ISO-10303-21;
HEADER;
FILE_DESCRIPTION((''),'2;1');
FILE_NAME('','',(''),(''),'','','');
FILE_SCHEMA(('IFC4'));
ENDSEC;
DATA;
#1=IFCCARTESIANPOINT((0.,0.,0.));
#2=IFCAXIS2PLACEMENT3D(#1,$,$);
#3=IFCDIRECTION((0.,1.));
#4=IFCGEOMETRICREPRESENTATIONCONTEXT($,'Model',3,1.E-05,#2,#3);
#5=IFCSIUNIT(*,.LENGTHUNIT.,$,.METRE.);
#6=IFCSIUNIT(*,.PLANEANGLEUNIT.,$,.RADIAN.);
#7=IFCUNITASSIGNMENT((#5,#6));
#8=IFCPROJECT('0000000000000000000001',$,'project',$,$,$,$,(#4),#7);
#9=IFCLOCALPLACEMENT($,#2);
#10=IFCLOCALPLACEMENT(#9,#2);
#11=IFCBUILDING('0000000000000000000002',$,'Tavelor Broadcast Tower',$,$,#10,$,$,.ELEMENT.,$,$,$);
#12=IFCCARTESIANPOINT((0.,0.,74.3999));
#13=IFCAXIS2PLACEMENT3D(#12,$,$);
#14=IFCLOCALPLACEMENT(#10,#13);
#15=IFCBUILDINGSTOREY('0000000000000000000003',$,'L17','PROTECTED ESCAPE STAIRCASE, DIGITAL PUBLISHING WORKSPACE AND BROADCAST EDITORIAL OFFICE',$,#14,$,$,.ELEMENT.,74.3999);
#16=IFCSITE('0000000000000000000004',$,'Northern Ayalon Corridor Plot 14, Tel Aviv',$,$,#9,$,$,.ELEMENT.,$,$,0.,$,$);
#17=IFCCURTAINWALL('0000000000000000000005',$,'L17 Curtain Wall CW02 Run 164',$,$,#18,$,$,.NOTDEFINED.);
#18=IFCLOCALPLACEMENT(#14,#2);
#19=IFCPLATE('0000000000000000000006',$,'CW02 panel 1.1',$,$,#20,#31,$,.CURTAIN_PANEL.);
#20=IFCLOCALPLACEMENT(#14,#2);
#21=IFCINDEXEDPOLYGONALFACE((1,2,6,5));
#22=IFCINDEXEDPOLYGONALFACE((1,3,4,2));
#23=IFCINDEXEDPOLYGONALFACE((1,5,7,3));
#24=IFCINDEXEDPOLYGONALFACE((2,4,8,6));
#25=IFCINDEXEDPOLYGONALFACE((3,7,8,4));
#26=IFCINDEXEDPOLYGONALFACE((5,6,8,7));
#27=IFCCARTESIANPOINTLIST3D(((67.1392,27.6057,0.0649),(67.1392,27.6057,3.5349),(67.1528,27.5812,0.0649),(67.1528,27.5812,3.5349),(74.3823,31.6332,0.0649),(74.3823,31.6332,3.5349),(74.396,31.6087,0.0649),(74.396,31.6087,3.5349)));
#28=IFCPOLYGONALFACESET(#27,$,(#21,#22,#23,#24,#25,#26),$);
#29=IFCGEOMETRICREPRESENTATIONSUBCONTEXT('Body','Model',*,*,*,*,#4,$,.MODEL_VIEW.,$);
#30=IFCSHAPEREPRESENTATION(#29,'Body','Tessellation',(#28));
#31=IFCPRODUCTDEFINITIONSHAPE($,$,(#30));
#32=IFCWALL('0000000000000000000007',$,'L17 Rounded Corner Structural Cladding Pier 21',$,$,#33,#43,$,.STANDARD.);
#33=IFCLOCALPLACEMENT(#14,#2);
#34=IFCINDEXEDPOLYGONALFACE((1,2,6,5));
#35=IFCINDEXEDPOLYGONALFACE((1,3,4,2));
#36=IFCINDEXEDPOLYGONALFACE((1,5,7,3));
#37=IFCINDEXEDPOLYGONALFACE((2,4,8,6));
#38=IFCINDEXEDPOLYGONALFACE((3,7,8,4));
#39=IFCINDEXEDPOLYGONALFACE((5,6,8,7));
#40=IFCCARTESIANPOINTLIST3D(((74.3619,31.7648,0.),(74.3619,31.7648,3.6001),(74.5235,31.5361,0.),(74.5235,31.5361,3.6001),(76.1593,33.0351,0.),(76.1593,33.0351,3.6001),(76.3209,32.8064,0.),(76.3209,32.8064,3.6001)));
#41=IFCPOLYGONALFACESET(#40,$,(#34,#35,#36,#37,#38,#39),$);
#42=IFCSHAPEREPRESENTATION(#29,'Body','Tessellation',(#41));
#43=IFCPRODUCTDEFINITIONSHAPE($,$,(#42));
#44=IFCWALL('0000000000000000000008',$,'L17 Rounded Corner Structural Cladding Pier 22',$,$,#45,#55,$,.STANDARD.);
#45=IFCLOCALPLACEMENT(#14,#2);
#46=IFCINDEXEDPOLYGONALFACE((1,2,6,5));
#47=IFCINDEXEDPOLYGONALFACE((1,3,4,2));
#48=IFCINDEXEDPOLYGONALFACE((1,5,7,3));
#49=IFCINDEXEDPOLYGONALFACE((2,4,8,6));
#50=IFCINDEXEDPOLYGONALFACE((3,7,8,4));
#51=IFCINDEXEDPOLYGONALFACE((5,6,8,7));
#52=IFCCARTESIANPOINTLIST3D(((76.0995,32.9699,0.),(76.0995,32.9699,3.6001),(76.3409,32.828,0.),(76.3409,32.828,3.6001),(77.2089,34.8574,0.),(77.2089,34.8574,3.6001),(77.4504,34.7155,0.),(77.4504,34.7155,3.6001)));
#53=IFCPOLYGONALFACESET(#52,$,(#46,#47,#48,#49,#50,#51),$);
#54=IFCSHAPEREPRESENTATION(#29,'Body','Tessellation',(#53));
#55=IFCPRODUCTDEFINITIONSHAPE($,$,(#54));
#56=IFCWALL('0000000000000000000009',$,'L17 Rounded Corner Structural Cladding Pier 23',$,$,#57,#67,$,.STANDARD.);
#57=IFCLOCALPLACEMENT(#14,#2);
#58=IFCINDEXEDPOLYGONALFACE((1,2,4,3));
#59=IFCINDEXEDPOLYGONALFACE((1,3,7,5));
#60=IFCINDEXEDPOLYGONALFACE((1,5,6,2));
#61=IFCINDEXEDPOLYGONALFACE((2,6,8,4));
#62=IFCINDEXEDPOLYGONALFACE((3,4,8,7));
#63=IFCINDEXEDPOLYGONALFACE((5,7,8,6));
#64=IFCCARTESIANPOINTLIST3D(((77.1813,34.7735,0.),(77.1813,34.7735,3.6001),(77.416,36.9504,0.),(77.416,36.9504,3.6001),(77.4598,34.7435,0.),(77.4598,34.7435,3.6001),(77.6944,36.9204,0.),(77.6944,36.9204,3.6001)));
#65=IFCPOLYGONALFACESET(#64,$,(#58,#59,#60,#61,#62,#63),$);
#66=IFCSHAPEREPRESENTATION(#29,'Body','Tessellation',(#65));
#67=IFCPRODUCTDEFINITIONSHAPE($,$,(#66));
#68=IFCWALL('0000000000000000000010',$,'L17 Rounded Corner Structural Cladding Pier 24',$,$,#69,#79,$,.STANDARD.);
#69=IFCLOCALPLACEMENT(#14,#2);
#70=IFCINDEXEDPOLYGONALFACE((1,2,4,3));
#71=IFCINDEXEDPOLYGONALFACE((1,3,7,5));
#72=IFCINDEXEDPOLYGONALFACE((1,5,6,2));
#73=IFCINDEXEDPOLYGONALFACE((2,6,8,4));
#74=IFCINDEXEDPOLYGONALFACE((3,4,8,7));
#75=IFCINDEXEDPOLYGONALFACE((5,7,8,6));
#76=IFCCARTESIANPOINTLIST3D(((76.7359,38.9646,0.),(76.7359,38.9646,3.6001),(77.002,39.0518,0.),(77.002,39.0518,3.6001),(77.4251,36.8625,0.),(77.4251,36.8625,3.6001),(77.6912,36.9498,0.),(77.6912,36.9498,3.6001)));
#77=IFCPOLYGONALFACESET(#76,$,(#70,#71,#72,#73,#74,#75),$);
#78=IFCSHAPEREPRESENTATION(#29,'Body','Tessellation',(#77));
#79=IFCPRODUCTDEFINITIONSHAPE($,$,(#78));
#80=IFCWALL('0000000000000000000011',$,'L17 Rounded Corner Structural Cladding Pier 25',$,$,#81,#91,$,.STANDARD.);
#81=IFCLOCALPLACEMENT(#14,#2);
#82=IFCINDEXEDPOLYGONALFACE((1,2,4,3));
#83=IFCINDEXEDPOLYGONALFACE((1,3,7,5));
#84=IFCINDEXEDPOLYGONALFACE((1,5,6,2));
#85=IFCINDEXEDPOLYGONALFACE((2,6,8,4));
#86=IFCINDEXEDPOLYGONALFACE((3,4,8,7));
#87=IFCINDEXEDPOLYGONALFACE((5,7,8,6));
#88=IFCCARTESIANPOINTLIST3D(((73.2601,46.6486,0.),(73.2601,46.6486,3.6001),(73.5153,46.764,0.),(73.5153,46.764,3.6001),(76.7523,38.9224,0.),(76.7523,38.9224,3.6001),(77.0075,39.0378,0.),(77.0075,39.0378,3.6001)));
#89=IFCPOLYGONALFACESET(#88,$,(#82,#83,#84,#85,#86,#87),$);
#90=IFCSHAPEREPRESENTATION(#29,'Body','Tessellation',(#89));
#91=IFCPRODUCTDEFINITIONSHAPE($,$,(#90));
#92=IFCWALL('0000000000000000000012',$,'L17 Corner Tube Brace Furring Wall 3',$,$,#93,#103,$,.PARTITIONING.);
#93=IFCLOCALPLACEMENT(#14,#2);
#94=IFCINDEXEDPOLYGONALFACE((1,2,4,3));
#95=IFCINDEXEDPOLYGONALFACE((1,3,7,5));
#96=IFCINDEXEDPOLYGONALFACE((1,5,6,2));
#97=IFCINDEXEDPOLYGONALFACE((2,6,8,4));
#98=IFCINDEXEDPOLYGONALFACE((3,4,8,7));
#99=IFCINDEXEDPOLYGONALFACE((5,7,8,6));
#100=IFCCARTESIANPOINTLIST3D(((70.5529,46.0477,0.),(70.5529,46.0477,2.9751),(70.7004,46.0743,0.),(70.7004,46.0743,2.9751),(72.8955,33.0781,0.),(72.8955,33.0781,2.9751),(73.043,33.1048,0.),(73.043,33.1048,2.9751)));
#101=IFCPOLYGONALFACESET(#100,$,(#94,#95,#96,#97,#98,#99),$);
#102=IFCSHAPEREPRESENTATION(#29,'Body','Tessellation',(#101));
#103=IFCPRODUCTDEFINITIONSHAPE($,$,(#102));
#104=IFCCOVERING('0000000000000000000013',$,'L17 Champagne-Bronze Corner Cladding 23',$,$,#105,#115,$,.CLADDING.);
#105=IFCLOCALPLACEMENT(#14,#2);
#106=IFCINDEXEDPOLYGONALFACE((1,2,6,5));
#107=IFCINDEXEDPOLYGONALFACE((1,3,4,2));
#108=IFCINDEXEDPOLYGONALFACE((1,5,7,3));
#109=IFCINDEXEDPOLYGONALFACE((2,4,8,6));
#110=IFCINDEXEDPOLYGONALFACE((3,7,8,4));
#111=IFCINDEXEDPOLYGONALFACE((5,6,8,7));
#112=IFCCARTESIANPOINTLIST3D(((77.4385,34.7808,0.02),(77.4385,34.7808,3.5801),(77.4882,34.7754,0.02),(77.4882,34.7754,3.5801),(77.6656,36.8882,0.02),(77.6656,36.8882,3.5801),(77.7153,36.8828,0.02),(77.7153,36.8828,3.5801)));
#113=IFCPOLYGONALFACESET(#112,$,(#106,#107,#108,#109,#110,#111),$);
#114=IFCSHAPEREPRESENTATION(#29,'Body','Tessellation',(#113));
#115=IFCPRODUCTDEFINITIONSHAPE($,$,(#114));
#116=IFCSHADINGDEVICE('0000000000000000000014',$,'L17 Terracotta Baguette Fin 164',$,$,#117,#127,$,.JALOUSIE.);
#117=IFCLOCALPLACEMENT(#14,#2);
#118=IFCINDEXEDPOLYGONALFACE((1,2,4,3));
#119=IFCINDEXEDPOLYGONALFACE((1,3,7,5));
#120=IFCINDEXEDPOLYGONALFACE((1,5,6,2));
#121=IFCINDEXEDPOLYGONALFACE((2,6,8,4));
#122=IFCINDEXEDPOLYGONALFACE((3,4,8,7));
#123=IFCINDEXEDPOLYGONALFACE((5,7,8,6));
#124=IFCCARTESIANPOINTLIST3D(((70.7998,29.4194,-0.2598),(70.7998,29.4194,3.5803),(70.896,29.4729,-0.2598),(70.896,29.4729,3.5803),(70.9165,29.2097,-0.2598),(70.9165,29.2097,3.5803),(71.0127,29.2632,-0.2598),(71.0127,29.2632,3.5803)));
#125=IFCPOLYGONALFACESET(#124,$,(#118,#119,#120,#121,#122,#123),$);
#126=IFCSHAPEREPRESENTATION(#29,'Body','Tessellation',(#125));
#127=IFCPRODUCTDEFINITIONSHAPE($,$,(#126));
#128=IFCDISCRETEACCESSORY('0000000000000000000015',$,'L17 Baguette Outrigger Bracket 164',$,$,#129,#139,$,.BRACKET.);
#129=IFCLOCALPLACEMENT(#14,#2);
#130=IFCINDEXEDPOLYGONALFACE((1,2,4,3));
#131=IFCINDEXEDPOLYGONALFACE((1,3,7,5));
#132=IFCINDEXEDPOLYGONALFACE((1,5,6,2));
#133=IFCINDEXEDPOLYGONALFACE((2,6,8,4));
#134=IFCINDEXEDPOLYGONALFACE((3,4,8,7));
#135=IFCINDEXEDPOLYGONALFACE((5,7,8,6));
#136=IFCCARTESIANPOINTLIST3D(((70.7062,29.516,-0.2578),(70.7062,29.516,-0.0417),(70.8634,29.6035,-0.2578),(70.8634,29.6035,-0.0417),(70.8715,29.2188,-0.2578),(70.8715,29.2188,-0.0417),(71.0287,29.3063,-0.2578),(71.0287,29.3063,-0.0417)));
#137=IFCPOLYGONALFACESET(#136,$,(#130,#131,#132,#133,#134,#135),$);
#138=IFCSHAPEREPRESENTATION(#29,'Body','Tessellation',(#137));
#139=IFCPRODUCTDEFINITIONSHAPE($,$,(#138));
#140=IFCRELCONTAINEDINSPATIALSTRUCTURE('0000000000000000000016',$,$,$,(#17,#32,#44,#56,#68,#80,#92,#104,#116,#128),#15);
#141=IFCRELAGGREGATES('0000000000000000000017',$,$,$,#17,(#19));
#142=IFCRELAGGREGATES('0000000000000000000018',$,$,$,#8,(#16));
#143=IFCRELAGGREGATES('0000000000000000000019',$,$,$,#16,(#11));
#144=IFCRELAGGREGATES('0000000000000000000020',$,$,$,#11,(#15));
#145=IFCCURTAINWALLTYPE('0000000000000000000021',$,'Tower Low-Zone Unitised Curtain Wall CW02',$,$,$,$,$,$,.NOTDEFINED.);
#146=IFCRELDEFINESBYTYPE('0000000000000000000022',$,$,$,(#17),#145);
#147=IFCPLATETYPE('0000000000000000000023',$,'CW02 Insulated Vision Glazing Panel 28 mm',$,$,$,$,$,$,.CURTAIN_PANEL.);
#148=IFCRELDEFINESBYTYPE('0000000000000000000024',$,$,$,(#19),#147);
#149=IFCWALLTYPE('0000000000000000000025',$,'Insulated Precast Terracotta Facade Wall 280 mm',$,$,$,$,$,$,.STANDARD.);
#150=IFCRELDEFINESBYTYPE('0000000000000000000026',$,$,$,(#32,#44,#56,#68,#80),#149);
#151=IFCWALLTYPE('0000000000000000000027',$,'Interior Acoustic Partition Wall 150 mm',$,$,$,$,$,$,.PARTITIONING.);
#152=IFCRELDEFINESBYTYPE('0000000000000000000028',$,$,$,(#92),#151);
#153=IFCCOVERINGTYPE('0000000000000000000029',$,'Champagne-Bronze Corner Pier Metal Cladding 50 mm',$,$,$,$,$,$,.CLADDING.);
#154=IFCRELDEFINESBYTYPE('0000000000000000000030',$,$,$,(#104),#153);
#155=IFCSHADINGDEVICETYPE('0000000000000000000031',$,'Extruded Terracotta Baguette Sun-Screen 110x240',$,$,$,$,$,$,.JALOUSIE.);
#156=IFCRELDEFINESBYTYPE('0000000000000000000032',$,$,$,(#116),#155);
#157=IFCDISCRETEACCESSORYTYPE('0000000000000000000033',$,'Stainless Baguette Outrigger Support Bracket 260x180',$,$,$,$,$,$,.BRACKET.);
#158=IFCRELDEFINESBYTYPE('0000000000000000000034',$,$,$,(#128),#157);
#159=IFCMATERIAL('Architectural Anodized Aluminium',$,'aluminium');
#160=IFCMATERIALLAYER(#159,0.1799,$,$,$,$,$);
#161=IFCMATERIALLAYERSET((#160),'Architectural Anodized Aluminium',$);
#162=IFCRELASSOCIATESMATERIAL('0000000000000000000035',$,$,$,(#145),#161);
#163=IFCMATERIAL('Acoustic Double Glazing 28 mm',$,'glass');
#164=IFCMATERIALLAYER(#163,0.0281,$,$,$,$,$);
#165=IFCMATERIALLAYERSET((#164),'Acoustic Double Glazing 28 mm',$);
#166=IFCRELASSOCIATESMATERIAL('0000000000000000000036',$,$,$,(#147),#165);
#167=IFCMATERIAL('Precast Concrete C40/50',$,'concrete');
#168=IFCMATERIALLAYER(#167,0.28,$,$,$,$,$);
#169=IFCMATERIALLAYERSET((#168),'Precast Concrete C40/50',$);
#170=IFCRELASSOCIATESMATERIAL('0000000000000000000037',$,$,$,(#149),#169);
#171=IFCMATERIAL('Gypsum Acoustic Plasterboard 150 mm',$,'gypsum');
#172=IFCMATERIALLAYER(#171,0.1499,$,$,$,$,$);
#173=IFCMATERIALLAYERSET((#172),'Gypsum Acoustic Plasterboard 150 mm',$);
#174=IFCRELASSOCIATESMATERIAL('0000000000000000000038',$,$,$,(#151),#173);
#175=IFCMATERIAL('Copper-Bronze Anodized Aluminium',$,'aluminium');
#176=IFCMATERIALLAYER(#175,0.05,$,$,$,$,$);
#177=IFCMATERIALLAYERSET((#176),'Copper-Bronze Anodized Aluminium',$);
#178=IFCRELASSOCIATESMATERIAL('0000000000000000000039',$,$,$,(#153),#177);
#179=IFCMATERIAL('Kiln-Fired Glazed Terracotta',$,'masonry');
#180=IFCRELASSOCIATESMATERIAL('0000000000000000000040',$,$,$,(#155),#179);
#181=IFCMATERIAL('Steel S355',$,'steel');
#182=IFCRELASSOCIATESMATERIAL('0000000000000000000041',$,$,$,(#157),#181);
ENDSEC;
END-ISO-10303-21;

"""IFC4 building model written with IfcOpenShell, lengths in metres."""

from ifc_helpers import new_model, si_unit, direction, frame, frame_2d, origin, origin_2d, place, context, subcontext, project, spatial, rectangle, extrude, source, transform, mapped, material, layer, layer_set, type_object, type_shapes, element, aggregate, save


model = new_model("IFC4")

# Units and contexts
model_context = context("Model", 3, precision=1e-05, world=origin(), true_north=direction((0.0, 1.0)))
body_context = subcontext(model_context, "Body", "Model", "MODEL_VIEW")
ifc_project = project(units=[si_unit("LENGTHUNIT", "METRE"), si_unit("PLANEANGLEUNIT", "RADIAN")], contexts=[model_context])

# Site, building, storey
site_placement = place(None, origin())
site = spatial("IfcSite", under=ifc_project, at=site_placement, Name="Northern Ayalon Corridor Plot 14, Tel Aviv", CompositionType="ELEMENT", RefElevation=0.0)
building_placement = place(site_placement, origin())
building = spatial("IfcBuilding", under=site, at=building_placement, Name="Tavelor Broadcast Tower", CompositionType="ELEMENT")
storey_placement = place(building_placement, frame((0.0, 0.0, 74.3999)))
storey = spatial("IfcBuildingStorey", under=building, at=storey_placement, Name="L17", Description="PROTECTED ESCAPE STAIRCASE, DIGITAL PUBLISHING WORKSPACE AND BROADCAST EDITORIAL OFFICE", CompositionType="ELEMENT", Elevation=74.3999)

# Shared definitions
ifc_material_1 = material(Name="Steel S355", Category="steel")

# Shared definitions
ifc_material_2 = material(Name="Architectural Anodized Aluminium", Category="aluminium")
ifc_layer_1 = layer(ifc_material_2, 0.1799)
ifc_layer_set_1 = layer_set([ifc_layer_1], Name="Architectural Anodized Aluminium")
curtain_wall_type = type_object("IfcCurtainWallType", Name="Tower Low-Zone Unitised Curtain Wall CW02", PredefinedType="NOTDEFINED", material=ifc_layer_set_1)

# Curtain wall
curtain_wall_1_placement = place(storey_placement, origin())
curtain_wall_1 = element("IfcCurtainWall", 1, at=curtain_wall_1_placement, inside=storey, type_object=curtain_wall_type, Name="L17 Curtain Wall CW02 Run 164", PredefinedType="NOTDEFINED")

# Plate
ifc_material_3 = material(Name="Acoustic Double Glazing 28 mm", Category="glass")
ifc_layer_2 = layer(ifc_material_3, 0.0281)
ifc_layer_set_2 = layer_set([ifc_layer_2], Name="Acoustic Double Glazing 28 mm")
plate_type_1 = type_object("IfcPlateType", Name="CW02 Insulated Vision Glazing Panel 28 mm", PredefinedType="CURTAIN_PANEL", material=ifc_layer_set_2)
shared_shape_1 = source(origin(), body_context, "Body", "SweptSolid", [
    extrude(rectangle(XDim=8.2876, YDim=0.0281, at=origin_2d()), origin(), (0.0, 0.0, 1.0), 3.47),
])
type_shapes(plate_type_1, [shared_shape_1])
plate_1_placement = place(storey_placement, frame((70.7676, 29.6072, 0.0649), z_axis=(0.0, 0.0, 1.0), x_axis=(0.873976, 0.485969, 0.0)))
plate_1 = element("IfcPlate", 2, at=plate_1_placement, type_object=plate_type_1, Name="CW02 panel 1.1", PredefinedType="CURTAIN_PANEL", context=body_context, shape_type="MappedRepresentation", body=[
    mapped(shared_shape_1, transform((0.0, 0.0, 0.0), scale=1.0)),
])
aggregate(curtain_wall_1, [plate_1])

# Walls
ifc_material_4 = material(Name="Precast Concrete C40/50", Category="concrete")
ifc_layer_3 = layer(ifc_material_4, 0.28)
ifc_layer_set_3 = layer_set([ifc_layer_3], Name="Precast Concrete C40/50")
wall_type_1 = type_object("IfcWallType", Name="Insulated Precast Terracotta Facade Wall 280 mm", PredefinedType="STANDARD", material=ifc_layer_set_3)
wall_1_placement = place(storey_placement, frame((74.4426, 31.6504, 0.0), z_axis=(0.0, 0.0, 1.0), x_axis=(0.816639, 0.577149, 0.0)))
element("IfcWall", 3, at=wall_1_placement, inside=storey, type_object=wall_type_1, Name="L17 Rounded Corner Structural Cladding Pier 21", PredefinedType="STANDARD", context=body_context, shape_type="SweptSolid", body=[
    extrude(rectangle(XDim=2.2009, YDim=0.28, at=frame_2d((1.1006, 0.0))), origin(), (0.0, 0.0, 1.0), 3.6001),
])
for number, where, z_axis, x_axis, name in (
    (4, (76.2202, 32.8989, 0.0), (0.0, 0.0, 1.0), (0.506718, 0.862112, 0.0), "L17 Rounded Corner Structural Cladding Pier 22"),
    (5, (77.3206, 34.7585, 0.0), (0.0, 0.0, 1.0), (0.107163, 0.994241, 0.0), "L17 Rounded Corner Structural Cladding Pier 23"),
):
    element("IfcWall", number, at=place(storey_placement, frame(where, z_axis=z_axis, x_axis=x_axis)), inside=storey, type_object=wall_type_1, Name=name, PredefinedType="STANDARD", context=body_context, shape_type="SweptSolid", body=[
        extrude(rectangle(XDim=2.1895, YDim=0.28, at=frame_2d((1.0947, 0.0))), origin(), (0.0, 0.0, 1.0), 3.6001),
    ])
wall_2_placement = place(storey_placement, frame((77.5581, 36.9062, 0.0), z_axis=(0.0, 0.0, 1.0), x_axis=(-0.311556, 0.950228, 0.0)))
element("IfcWall", 6, at=wall_2_placement, inside=storey, type_object=wall_type_1, Name="L17 Rounded Corner Structural Cladding Pier 24", PredefinedType="STANDARD", context=body_context, shape_type="SweptSolid", body=[
    extrude(rectangle(XDim=2.2122, YDim=0.28, at=frame_2d((1.106, 0.0))), origin(), (0.0, 0.0, 1.0), 3.6001),
])
wall_3_placement = place(storey_placement, frame((76.8799, 38.9802, 0.0), z_axis=(0.0, 0.0, 1.0), x_axis=(-0.41188, 0.911238, 0.0)))
element("IfcWall", 7, at=wall_3_placement, inside=storey, type_object=wall_type_1, Name="L17 Rounded Corner Structural Cladding Pier 25", PredefinedType="STANDARD", context=body_context, shape_type="SweptSolid", body=[
    extrude(rectangle(XDim=8.4788, YDim=0.28, at=frame_2d((4.2393, 0.0))), origin(), (0.0, 0.0, 1.0), 3.6001),
])
ifc_material_5 = material(Name="Gypsum Acoustic Plasterboard 150 mm", Category="gypsum")
ifc_layer_4 = layer(ifc_material_5, 0.1499)
ifc_layer_set_4 = layer_set([ifc_layer_4], Name="Gypsum Acoustic Plasterboard 150 mm")
wall_type_2 = type_object("IfcWallType", Name="Interior Acoustic Partition Wall 150 mm", PredefinedType="PARTITIONING", material=ifc_layer_set_4)
wall_4_placement = place(storey_placement, frame((72.9692, 33.0913, 0.0), z_axis=(0.0, 0.0, 1.0), x_axis=(-0.177743, 0.984077, 0.0)))
element("IfcWall", 8, at=wall_4_placement, inside=storey, type_object=wall_type_2, Name="L17 Corner Tube Brace Furring Wall 3", PredefinedType="PARTITIONING", context=body_context, shape_type="SweptSolid", body=[
    extrude(rectangle(XDim=13.1794, YDim=0.1499, at=frame_2d((6.5898, 0.0))), origin(), (0.0, 0.0, 1.0), 2.9751),
])

# Covering
ifc_material_6 = material(Name="Copper-Bronze Anodized Aluminium", Category="aluminium")
ifc_layer_5 = layer(ifc_material_6, 0.05)
ifc_layer_set_5 = layer_set([ifc_layer_5], Name="Copper-Bronze Anodized Aluminium")
covering_type = type_object("IfcCoveringType", Name="Champagne-Bronze Corner Pier Metal Cladding 50 mm", PredefinedType="CLADDING", material=ifc_layer_set_5)
covering_placement = place(storey_placement, frame((77.5769, 35.8318, 0.02), z_axis=(0.0, 0.0, 1.0), x_axis=(0.107132, 0.994245, 0.0)))
element("IfcCovering", 9, at=covering_placement, inside=storey, type_object=covering_type, Name="L17 Champagne-Bronze Corner Cladding 23", PredefinedType="CLADDING", context=body_context, shape_type="SweptSolid", body=[
    extrude(rectangle(XDim=2.1196, YDim=0.05, at=origin_2d()), origin(), (0.0, 0.0, 1.0), 3.5601),
])

# Shading device
ifc_material_7 = material(Name="Kiln-Fired Glazed Terracotta", Category="masonry")
shading_device_type = type_object("IfcShadingDeviceType", Name="Extruded Terracotta Baguette Sun-Screen 110x240", PredefinedType="JALOUSIE", material=ifc_material_7)
shared_shape_2 = source(origin(), body_context, "Body", "SweptSolid", [
    extrude(rectangle(XDim=0.1101, YDim=0.24, at=origin_2d()), origin(), (0.0, 0.0, 1.0), 3.8401),
])
type_shapes(shading_device_type, [shared_shape_2])
shading_device_placement = place(storey_placement, frame((70.9062, 29.3413, -0.2598), z_axis=(0.0, 0.0, 1.0), x_axis=(0.873942, 0.48603, 0.0)))
element("IfcShadingDevice", 10, at=shading_device_placement, inside=storey, type_object=shading_device_type, Name="L17 Terracotta Baguette Fin 164", PredefinedType="JALOUSIE", context=body_context, shape_type="MappedRepresentation", body=[
    mapped(shared_shape_2, transform((0.0, 0.0, 0.0), scale=1.0)),
])

# Discrete accessory
discrete_accessory_type = type_object("IfcDiscreteAccessoryType", Name="Stainless Baguette Outrigger Support Bracket 260x180", PredefinedType="BRACKET", material=ifc_material_1)
shared_shape_3 = source(origin(), body_context, "Body", "SweptSolid", [
    extrude(rectangle(XDim=0.1799, YDim=0.3401, at=origin_2d()), origin(), (0.0, 0.0, 1.0), 0.2161),
])
type_shapes(discrete_accessory_type, [shared_shape_3])
discrete_accessory_placement = place(storey_placement, frame((70.8674, 29.4111, -0.2578), z_axis=(0.0, 0.0, 1.0), x_axis=(0.873942, 0.48603, 0.0)))
element("IfcDiscreteAccessory", 11, at=discrete_accessory_placement, inside=storey, type_object=discrete_accessory_type, Name="L17 Baguette Outrigger Bracket 164", PredefinedType="BRACKET", context=body_context, shape_type="MappedRepresentation", body=[
    mapped(shared_shape_3, transform((0.0, 0.0, 0.0), scale=1.0)),
])

save(model, "model.ifc")
